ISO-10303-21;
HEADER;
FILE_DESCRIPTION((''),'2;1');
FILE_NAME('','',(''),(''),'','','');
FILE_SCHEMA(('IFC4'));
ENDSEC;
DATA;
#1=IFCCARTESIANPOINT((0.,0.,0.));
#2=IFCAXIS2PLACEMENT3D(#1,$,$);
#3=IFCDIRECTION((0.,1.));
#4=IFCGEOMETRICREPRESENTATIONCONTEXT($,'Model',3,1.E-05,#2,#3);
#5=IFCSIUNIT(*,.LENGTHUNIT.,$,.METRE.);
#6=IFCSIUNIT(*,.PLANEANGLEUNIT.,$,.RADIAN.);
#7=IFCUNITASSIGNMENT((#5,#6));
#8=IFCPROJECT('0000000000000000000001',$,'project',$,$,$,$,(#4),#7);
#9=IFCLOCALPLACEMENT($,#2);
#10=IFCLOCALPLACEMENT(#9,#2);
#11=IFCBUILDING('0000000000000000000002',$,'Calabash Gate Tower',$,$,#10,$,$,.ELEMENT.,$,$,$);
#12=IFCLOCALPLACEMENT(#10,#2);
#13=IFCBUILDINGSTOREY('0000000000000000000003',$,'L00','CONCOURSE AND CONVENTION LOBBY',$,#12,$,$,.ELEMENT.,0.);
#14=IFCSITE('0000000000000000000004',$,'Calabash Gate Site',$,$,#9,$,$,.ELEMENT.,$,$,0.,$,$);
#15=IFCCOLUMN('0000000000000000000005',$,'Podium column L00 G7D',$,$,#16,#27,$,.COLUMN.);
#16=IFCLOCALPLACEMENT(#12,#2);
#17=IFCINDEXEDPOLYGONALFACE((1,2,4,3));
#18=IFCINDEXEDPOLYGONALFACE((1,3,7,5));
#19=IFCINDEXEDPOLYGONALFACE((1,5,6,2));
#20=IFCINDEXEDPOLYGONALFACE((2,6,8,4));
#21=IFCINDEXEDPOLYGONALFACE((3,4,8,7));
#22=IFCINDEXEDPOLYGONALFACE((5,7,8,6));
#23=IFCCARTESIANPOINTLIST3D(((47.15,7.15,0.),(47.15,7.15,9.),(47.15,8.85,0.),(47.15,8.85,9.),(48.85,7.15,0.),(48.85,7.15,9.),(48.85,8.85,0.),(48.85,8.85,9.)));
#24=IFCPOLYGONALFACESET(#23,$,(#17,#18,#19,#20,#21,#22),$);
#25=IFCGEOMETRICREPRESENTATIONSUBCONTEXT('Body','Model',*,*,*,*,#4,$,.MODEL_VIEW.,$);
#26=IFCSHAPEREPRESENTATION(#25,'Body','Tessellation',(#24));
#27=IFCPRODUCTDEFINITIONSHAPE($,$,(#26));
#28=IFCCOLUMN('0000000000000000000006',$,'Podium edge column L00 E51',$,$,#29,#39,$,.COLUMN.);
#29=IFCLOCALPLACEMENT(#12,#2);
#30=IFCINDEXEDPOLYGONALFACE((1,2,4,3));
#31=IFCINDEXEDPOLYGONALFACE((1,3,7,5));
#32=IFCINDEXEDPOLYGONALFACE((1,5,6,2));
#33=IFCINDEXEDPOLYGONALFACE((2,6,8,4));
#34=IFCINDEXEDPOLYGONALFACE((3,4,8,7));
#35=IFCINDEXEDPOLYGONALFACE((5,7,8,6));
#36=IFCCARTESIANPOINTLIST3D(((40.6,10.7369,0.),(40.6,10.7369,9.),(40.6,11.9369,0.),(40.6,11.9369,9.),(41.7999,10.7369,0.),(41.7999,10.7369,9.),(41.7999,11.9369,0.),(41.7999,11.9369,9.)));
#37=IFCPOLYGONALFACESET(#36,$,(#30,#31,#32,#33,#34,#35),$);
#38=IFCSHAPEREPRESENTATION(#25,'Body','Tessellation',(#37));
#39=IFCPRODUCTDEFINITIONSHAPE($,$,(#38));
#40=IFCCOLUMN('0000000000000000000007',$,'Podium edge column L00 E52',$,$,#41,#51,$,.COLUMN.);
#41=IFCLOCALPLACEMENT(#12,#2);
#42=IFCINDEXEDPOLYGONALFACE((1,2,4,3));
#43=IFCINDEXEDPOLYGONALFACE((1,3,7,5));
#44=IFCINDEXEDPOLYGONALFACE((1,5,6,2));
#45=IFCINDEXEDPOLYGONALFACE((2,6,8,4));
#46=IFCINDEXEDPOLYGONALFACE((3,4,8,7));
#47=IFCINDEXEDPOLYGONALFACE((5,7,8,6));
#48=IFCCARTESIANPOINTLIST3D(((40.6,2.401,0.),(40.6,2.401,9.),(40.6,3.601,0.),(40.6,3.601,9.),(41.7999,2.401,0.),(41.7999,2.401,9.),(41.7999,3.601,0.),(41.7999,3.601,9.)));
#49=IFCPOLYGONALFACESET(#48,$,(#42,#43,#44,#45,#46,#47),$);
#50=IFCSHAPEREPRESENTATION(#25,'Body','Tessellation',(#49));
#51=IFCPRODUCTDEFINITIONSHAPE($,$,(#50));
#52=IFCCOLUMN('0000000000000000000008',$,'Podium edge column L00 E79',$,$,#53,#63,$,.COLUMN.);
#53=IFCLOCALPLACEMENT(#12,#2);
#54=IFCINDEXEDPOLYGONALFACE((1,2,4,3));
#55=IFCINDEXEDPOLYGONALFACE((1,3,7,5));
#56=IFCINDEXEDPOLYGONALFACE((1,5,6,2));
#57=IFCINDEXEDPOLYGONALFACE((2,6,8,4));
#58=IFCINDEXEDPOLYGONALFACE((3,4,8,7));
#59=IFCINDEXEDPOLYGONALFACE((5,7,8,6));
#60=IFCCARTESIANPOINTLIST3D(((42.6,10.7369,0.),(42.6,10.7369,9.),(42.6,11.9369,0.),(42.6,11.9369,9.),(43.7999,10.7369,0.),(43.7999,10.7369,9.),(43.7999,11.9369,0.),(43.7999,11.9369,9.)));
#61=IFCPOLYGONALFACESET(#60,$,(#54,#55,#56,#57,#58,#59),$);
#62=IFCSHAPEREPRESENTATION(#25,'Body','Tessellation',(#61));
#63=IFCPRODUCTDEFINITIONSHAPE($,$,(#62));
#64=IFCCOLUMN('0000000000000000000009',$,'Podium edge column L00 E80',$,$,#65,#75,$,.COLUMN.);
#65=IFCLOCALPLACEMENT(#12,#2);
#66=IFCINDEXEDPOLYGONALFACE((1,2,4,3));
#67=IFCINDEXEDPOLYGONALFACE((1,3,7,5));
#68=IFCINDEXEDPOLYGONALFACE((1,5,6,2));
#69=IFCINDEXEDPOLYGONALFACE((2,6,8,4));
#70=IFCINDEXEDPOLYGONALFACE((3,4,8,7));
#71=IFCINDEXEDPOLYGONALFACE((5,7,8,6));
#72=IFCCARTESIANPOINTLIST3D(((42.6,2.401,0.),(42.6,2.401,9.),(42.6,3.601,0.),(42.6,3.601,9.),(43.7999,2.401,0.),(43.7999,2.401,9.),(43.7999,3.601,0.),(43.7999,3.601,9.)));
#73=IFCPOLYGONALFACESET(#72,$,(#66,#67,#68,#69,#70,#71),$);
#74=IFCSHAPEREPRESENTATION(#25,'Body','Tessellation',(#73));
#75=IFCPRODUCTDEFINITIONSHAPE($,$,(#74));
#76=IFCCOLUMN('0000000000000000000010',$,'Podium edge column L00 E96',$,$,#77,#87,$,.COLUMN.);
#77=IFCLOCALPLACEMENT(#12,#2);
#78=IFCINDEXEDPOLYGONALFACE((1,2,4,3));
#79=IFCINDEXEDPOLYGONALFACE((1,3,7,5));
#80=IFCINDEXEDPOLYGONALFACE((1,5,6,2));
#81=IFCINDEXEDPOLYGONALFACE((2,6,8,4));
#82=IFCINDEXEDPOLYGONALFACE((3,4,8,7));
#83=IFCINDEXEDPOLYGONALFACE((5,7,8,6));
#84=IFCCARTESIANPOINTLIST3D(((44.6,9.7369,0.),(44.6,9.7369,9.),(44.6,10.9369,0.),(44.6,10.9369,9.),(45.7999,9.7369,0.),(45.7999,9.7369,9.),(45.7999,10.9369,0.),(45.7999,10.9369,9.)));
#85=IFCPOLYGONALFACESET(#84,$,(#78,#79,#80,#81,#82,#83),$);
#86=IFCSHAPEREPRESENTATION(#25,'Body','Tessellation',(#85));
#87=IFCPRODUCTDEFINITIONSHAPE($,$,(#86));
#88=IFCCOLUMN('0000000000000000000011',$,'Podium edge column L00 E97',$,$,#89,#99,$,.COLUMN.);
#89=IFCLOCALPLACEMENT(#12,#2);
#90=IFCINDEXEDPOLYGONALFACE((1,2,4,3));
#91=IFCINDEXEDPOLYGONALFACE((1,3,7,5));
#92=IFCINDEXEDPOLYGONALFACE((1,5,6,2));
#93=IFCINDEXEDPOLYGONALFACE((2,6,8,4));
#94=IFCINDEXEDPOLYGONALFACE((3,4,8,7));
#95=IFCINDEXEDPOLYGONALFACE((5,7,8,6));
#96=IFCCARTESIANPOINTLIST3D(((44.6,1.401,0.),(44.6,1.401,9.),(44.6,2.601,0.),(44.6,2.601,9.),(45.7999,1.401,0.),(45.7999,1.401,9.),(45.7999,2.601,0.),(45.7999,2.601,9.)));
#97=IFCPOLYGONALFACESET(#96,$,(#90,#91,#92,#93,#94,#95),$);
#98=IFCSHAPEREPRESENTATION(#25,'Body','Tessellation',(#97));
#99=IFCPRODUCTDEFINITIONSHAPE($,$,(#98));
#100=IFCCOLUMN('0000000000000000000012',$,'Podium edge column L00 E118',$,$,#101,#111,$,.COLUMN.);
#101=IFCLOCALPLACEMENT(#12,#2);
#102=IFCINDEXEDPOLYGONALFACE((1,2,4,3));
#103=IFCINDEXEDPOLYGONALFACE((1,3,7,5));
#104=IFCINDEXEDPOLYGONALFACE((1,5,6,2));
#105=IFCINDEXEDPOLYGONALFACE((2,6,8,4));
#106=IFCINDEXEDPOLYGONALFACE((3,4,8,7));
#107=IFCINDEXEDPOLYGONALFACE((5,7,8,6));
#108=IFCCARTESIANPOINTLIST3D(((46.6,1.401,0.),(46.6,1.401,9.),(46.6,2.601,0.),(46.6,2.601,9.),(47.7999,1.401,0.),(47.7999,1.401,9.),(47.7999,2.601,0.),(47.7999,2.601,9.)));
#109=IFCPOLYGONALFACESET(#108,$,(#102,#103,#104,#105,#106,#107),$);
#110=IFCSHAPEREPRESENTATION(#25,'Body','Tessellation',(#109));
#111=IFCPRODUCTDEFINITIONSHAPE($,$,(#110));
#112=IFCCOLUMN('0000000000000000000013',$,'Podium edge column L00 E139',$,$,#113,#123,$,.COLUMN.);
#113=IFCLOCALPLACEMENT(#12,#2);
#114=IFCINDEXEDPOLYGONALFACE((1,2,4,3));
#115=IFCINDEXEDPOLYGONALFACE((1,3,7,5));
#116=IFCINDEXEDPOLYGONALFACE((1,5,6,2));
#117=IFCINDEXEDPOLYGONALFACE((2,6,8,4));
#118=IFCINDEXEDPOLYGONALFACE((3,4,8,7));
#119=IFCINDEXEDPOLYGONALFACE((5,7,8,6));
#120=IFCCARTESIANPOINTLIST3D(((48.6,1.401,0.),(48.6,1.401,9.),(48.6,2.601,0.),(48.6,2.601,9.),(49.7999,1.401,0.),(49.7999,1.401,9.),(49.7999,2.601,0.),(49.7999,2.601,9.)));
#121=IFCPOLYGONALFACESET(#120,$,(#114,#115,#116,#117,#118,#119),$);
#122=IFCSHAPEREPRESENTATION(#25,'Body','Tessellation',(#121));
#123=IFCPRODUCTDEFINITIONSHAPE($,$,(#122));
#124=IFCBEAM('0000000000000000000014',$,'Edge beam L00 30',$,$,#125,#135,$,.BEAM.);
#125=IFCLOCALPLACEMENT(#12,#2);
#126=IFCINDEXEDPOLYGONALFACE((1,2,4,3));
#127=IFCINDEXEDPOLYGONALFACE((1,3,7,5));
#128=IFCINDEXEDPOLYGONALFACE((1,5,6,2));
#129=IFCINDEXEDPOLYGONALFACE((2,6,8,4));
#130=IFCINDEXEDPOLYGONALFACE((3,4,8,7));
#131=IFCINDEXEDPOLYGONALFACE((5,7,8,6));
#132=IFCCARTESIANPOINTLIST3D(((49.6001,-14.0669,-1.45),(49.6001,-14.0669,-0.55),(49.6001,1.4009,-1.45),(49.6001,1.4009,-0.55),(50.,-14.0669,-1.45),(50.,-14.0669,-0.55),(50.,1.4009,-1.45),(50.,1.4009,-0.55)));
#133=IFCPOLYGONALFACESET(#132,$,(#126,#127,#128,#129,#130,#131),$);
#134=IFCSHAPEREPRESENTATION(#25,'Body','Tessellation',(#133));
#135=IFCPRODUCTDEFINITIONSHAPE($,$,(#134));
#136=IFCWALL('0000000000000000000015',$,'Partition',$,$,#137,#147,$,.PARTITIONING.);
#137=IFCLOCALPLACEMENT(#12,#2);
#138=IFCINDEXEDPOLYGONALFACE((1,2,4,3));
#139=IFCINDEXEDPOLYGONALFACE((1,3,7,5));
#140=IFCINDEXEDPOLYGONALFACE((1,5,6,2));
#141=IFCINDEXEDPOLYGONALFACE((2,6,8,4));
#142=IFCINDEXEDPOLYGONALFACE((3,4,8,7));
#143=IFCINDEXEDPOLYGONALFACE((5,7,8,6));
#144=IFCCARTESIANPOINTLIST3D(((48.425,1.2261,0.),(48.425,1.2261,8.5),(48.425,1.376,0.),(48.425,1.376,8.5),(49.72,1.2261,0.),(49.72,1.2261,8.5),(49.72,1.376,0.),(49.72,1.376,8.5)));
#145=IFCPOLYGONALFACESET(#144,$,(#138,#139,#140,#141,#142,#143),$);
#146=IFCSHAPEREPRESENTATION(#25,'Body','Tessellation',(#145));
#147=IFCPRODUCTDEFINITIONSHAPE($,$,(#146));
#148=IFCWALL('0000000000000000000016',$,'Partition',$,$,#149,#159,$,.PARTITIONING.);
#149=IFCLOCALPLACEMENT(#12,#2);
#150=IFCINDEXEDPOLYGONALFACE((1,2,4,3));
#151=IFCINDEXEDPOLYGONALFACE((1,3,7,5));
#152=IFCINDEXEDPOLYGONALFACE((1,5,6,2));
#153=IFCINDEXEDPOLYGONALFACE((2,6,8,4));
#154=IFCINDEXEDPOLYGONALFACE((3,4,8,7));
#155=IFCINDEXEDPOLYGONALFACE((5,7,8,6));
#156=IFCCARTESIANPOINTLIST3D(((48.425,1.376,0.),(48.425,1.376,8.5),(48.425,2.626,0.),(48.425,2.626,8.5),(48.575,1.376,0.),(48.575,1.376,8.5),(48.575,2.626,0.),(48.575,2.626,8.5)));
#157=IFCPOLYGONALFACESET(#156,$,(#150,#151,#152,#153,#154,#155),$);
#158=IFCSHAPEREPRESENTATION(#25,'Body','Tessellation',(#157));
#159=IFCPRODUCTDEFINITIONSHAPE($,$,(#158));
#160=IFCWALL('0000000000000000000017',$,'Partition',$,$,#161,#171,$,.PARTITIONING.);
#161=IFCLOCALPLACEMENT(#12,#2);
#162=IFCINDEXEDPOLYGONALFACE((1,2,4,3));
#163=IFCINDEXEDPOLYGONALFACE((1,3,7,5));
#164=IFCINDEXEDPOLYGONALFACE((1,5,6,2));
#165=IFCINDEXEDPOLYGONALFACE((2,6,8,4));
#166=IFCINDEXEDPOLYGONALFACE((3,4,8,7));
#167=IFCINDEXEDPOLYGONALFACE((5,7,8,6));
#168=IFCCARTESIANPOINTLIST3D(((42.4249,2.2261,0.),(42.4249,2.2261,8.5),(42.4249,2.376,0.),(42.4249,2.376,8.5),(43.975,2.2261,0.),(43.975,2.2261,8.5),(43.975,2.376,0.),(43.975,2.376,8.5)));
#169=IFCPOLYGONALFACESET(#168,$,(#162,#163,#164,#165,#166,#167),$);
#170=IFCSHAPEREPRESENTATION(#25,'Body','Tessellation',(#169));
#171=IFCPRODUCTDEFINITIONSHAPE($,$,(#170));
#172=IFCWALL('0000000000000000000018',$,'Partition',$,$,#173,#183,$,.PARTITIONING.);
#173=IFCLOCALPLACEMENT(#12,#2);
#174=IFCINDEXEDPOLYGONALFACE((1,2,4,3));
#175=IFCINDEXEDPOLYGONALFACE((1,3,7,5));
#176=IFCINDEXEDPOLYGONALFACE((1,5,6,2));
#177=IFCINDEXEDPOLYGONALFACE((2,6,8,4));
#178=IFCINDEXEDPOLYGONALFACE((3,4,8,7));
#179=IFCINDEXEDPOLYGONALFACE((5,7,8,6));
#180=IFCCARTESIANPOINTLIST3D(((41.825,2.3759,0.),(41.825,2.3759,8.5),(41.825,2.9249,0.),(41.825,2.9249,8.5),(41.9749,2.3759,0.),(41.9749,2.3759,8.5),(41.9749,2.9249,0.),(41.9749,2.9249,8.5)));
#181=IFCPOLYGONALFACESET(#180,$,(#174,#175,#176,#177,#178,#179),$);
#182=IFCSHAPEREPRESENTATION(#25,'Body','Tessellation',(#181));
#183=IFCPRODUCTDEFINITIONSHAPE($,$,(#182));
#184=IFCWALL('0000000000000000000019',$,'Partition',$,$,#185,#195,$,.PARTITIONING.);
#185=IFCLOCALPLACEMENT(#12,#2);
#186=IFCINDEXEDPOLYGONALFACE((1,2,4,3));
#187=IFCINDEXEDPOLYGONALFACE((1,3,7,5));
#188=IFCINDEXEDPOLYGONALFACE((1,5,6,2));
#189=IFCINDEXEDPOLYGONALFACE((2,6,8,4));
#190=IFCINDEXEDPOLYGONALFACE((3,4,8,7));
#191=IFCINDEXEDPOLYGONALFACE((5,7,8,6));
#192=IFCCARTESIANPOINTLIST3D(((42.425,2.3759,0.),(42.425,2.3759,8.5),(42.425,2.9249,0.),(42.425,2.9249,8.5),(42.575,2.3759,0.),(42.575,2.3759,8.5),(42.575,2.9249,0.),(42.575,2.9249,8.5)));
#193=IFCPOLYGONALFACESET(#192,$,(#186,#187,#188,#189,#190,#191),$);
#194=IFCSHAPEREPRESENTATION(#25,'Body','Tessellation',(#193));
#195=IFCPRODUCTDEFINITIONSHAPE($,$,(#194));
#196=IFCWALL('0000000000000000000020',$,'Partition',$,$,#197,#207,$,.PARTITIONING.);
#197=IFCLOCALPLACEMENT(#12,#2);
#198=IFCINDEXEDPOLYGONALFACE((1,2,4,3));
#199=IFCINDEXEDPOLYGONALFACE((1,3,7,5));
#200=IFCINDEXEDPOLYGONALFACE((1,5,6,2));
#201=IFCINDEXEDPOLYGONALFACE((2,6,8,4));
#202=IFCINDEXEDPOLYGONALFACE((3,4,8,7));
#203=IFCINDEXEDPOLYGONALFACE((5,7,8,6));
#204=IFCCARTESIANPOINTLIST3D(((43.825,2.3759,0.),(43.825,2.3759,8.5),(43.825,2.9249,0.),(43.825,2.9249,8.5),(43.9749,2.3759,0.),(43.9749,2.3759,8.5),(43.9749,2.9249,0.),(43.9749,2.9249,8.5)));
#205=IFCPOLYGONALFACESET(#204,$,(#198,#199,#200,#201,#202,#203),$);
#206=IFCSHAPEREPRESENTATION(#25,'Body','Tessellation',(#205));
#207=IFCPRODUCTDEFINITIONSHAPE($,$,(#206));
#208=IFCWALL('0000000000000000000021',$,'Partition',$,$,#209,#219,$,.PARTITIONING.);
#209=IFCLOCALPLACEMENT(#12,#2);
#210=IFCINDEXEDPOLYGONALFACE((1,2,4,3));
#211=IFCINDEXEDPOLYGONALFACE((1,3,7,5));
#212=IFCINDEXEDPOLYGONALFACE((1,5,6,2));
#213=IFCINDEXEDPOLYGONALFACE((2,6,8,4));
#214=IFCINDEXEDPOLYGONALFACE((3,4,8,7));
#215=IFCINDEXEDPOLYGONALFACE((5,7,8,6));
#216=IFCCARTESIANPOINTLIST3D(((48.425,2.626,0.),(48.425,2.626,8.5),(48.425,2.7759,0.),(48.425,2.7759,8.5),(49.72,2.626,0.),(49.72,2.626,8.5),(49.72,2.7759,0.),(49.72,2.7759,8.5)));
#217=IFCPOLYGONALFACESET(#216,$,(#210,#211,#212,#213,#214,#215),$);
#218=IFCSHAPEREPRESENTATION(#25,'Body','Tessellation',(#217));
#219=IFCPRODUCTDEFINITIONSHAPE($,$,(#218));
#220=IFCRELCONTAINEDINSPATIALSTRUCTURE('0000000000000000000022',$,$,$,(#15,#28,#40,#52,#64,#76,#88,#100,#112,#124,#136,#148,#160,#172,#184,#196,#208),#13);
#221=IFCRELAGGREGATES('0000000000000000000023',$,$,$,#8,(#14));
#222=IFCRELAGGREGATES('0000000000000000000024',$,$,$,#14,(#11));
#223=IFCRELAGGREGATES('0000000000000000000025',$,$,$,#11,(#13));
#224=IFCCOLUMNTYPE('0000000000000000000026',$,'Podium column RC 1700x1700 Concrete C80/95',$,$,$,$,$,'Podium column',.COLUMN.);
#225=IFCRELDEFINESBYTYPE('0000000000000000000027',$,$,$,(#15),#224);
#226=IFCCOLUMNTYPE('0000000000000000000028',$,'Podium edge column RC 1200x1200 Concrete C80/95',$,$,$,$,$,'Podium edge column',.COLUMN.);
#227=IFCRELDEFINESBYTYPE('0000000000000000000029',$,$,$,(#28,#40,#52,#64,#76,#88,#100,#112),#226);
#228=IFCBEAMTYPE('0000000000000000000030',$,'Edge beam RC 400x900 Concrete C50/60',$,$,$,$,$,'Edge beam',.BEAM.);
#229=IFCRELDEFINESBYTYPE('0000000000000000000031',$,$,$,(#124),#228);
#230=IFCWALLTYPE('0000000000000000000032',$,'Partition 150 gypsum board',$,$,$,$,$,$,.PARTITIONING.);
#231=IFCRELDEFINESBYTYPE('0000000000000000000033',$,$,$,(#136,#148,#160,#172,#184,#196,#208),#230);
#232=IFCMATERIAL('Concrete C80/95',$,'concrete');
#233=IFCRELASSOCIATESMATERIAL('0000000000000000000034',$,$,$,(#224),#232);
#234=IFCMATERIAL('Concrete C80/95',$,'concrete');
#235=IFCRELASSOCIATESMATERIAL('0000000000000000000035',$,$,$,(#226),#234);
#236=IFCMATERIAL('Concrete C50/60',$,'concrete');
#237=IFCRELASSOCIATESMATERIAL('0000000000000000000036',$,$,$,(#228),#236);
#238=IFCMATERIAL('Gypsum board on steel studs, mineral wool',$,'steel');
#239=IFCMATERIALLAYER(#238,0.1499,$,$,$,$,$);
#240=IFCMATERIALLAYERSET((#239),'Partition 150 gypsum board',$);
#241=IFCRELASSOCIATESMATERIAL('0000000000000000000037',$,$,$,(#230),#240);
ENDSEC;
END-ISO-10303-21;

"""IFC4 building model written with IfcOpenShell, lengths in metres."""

from ifc_helpers import new_model, si_unit, direction, frame, frame_2d, origin, origin_2d, place, context, subcontext, project, spatial, rectangle, extrude, material, layer, layer_set, material_profile, profile_set, type_object, element, save


model = new_model("IFC4")

# Units and contexts
model_context = context("Model", 3, precision=1e-05, world=origin(), true_north=direction((0.0, 1.0)))
body_context = subcontext(model_context, "Body", "Model", "MODEL_VIEW")
ifc_project = project(units=[si_unit("LENGTHUNIT", "METRE"), si_unit("PLANEANGLEUNIT", "RADIAN")], contexts=[model_context])

# Site, building, storey
site_placement = place(None, origin())
site = spatial("IfcSite", under=ifc_project, at=site_placement, Name="Calabash Gate Site", CompositionType="ELEMENT", RefElevation=0.0)
building_placement = place(site_placement, origin())
building = spatial("IfcBuilding", under=site, at=building_placement, Name="Calabash Gate Tower", CompositionType="ELEMENT")
storey_placement = place(building_placement, origin())
storey = spatial("IfcBuildingStorey", under=building, at=storey_placement, Name="L00", Description="CONCOURSE AND CONVENTION LOBBY", CompositionType="ELEMENT", Elevation=0.0)

# Columns
ifc_material_1 = material(Name="Concrete C80/95", Category="concrete")
ifc_material_profile_1 = material_profile(ifc_material_1, rectangle(XDim=1.7, YDim=1.7, at=origin_2d()))
ifc_profile_set_1 = profile_set([ifc_material_profile_1], Name="Concrete C80/95")
column_type_1 = type_object("IfcColumnType", Name="Podium column RC 1700x1700 Concrete C80/95", ElementType="Podium column", PredefinedType="COLUMN", material=ifc_profile_set_1)
column_placement = place(storey_placement, frame((48.0, 8.0, 0.0), z_axis=(0.0, 0.0, 1.0), x_axis=(1.0, 0.0, 0.0)))
element("IfcColumn", 1, at=column_placement, inside=storey, type_object=column_type_1, Name="Podium column L00 G7D", PredefinedType="COLUMN", context=body_context, shape_type="SweptSolid", body=[
    extrude(rectangle(XDim=1.7, YDim=1.7, at=origin_2d()), origin(), (0.0, 0.0, 1.0), 9.0),
])
ifc_material_2 = material(Name="Concrete C80/95", Category="concrete")
ifc_material_profile_2 = material_profile(ifc_material_2, rectangle(XDim=1.2, YDim=1.2, at=origin_2d()))
ifc_profile_set_2 = profile_set([ifc_material_profile_2], Name="Concrete C80/95")
column_type_2 = type_object("IfcColumnType", Name="Podium edge column RC 1200x1200 Concrete C80/95", ElementType="Podium edge column", PredefinedType="COLUMN", material=ifc_profile_set_2)
for number, where, z_axis, x_axis, name in (
    (2, (41.2, 11.3369, 0.0), (0.0, 0.0, 1.0), (1.0, 0.0, 0.0), "Podium edge column L00 E51"),
    (3, (41.2, 3.001, 0.0), (0.0, 0.0, 1.0), (1.0, 0.0, 0.0), "Podium edge column L00 E52"),
    (4, (43.2, 11.3369, 0.0), (0.0, 0.0, 1.0), (1.0, 0.0, 0.0), "Podium edge column L00 E79"),
    (5, (43.2, 3.001, 0.0), (0.0, 0.0, 1.0), (1.0, 0.0, 0.0), "Podium edge column L00 E80"),
    (6, (45.2, 10.3369, 0.0), (0.0, 0.0, 1.0), (1.0, 0.0, 0.0), "Podium edge column L00 E96"),
    (7, (45.2, 2.001, 0.0), (0.0, 0.0, 1.0), (1.0, 0.0, 0.0), "Podium edge column L00 E97"),
    (8, (47.2, 2.001, 0.0), (0.0, 0.0, 1.0), (1.0, 0.0, 0.0), "Podium edge column L00 E118"),
    (9, (49.2, 2.001, 0.0), (0.0, 0.0, 1.0), (1.0, 0.0, 0.0), "Podium edge column L00 E139"),
):
    element("IfcColumn", number, at=place(storey_placement, frame(where, z_axis=z_axis, x_axis=x_axis)), inside=storey, type_object=column_type_2, Name=name, PredefinedType="COLUMN", context=body_context, shape_type="SweptSolid", body=[
        extrude(rectangle(XDim=1.2, YDim=1.2, at=origin_2d()), origin(), (0.0, 0.0, 1.0), 9.0),
    ])

# Beam
ifc_material_3 = material(Name="Concrete C50/60", Category="concrete")
ifc_material_profile_3 = material_profile(ifc_material_3, rectangle(XDim=0.3999, YDim=0.8999, at=origin_2d()))
ifc_profile_set_3 = profile_set([ifc_material_profile_3], Name="Concrete C50/60")
beam_type = type_object("IfcBeamType", Name="Edge beam RC 400x900 Concrete C50/60", ElementType="Edge beam", PredefinedType="BEAM", material=ifc_profile_set_3)
beam_placement = place(storey_placement, frame((49.8, 1.4009, -1.0), z_axis=(0.0, -1.0, 0.0), x_axis=(1.0, 0.0, 0.0)))
element("IfcBeam", 10, at=beam_placement, inside=storey, type_object=beam_type, Name="Edge beam L00 30", PredefinedType="BEAM", context=body_context, shape_type="SweptSolid", body=[
    extrude(rectangle(XDim=0.3999, YDim=0.8999, at=origin_2d()), origin(), (0.0, 0.0, 1.0), 15.4678),
])

# Walls
ifc_material_4 = material(Name="Gypsum board on steel studs, mineral wool", Category="steel")
ifc_layer_1 = layer(ifc_material_4, 0.1499)
ifc_layer_set_1 = layer_set([ifc_layer_1], Name="Partition 150 gypsum board")
wall_type_1 = type_object("IfcWallType", Name="Partition 150 gypsum board", PredefinedType="PARTITIONING", material=ifc_layer_set_1)
wall_1_placement = place(storey_placement, frame((48.425, 1.301, 0.0), z_axis=(0.0, 0.0, 1.0), x_axis=(1.0, 0.0, 0.0)))
element("IfcWall", 11, at=wall_1_placement, inside=storey, type_object=wall_type_1, Name="Partition", PredefinedType="PARTITIONING", context=body_context, shape_type="SweptSolid", body=[
    extrude(rectangle(XDim=1.2949, YDim=0.1499, at=frame_2d((0.6475, 0.0))), origin(), (0.0, 0.0, 1.0), 8.5),
])
wall_2_placement = place(storey_placement, frame((48.5, 1.376, 0.0), z_axis=(0.0, 0.0, 1.0), x_axis=(0.0, 1.0, 0.0)))
element("IfcWall", 12, at=wall_2_placement, inside=storey, type_object=wall_type_1, Name="Partition", PredefinedType="PARTITIONING", context=body_context, shape_type="SweptSolid", body=[
    extrude(rectangle(XDim=1.25, YDim=0.1499, at=frame_2d((0.625, 0.0))), origin(), (0.0, 0.0, 1.0), 8.5),
])
wall_3_placement = place(storey_placement, frame((42.425, 2.301, 0.0), z_axis=(0.0, 0.0, 1.0), x_axis=(1.0, 0.0, 0.0)))
element("IfcWall", 13, at=wall_3_placement, inside=storey, type_object=wall_type_1, Name="Partition", PredefinedType="PARTITIONING", context=body_context, shape_type="SweptSolid", body=[
    extrude(rectangle(XDim=1.55, YDim=0.1499, at=frame_2d((0.7749, 0.0))), origin(), (0.0, 0.0, 1.0), 8.5),
])
for number, where, z_axis, x_axis, name in (
    (14, (41.8999, 2.376, 0.0), (0.0, 0.0, 1.0), (0.0, 1.0, 0.0), "Partition"),
    (15, (42.5, 2.376, 0.0), (0.0, 0.0, 1.0), (0.0, 1.0, 0.0), "Partition"),
    (16, (43.8999, 2.376, 0.0), (0.0, 0.0, 1.0), (0.0, 1.0, 0.0), "Partition"),
):
    element("IfcWall", number, at=place(storey_placement, frame(where, z_axis=z_axis, x_axis=x_axis)), inside=storey, type_object=wall_type_1, Name=name, PredefinedType="PARTITIONING", context=body_context, shape_type="SweptSolid", body=[
        extrude(rectangle(XDim=0.5491, YDim=0.1499, at=frame_2d((0.2744, 0.0))), origin(), (0.0, 0.0, 1.0), 8.5),
    ])
wall_4_placement = place(storey_placement, frame((48.425, 2.7009, 0.0), z_axis=(0.0, 0.0, 1.0), x_axis=(1.0, 0.0, 0.0)))
element("IfcWall", 17, at=wall_4_placement, inside=storey, type_object=wall_type_1, Name="Partition", PredefinedType="PARTITIONING", context=body_context, shape_type="SweptSolid", body=[
    extrude(rectangle(XDim=1.2949, YDim=0.1499, at=frame_2d((0.6475, 0.0))), origin(), (0.0, 0.0, 1.0), 8.5),
])

save(model, "model.ifc")
